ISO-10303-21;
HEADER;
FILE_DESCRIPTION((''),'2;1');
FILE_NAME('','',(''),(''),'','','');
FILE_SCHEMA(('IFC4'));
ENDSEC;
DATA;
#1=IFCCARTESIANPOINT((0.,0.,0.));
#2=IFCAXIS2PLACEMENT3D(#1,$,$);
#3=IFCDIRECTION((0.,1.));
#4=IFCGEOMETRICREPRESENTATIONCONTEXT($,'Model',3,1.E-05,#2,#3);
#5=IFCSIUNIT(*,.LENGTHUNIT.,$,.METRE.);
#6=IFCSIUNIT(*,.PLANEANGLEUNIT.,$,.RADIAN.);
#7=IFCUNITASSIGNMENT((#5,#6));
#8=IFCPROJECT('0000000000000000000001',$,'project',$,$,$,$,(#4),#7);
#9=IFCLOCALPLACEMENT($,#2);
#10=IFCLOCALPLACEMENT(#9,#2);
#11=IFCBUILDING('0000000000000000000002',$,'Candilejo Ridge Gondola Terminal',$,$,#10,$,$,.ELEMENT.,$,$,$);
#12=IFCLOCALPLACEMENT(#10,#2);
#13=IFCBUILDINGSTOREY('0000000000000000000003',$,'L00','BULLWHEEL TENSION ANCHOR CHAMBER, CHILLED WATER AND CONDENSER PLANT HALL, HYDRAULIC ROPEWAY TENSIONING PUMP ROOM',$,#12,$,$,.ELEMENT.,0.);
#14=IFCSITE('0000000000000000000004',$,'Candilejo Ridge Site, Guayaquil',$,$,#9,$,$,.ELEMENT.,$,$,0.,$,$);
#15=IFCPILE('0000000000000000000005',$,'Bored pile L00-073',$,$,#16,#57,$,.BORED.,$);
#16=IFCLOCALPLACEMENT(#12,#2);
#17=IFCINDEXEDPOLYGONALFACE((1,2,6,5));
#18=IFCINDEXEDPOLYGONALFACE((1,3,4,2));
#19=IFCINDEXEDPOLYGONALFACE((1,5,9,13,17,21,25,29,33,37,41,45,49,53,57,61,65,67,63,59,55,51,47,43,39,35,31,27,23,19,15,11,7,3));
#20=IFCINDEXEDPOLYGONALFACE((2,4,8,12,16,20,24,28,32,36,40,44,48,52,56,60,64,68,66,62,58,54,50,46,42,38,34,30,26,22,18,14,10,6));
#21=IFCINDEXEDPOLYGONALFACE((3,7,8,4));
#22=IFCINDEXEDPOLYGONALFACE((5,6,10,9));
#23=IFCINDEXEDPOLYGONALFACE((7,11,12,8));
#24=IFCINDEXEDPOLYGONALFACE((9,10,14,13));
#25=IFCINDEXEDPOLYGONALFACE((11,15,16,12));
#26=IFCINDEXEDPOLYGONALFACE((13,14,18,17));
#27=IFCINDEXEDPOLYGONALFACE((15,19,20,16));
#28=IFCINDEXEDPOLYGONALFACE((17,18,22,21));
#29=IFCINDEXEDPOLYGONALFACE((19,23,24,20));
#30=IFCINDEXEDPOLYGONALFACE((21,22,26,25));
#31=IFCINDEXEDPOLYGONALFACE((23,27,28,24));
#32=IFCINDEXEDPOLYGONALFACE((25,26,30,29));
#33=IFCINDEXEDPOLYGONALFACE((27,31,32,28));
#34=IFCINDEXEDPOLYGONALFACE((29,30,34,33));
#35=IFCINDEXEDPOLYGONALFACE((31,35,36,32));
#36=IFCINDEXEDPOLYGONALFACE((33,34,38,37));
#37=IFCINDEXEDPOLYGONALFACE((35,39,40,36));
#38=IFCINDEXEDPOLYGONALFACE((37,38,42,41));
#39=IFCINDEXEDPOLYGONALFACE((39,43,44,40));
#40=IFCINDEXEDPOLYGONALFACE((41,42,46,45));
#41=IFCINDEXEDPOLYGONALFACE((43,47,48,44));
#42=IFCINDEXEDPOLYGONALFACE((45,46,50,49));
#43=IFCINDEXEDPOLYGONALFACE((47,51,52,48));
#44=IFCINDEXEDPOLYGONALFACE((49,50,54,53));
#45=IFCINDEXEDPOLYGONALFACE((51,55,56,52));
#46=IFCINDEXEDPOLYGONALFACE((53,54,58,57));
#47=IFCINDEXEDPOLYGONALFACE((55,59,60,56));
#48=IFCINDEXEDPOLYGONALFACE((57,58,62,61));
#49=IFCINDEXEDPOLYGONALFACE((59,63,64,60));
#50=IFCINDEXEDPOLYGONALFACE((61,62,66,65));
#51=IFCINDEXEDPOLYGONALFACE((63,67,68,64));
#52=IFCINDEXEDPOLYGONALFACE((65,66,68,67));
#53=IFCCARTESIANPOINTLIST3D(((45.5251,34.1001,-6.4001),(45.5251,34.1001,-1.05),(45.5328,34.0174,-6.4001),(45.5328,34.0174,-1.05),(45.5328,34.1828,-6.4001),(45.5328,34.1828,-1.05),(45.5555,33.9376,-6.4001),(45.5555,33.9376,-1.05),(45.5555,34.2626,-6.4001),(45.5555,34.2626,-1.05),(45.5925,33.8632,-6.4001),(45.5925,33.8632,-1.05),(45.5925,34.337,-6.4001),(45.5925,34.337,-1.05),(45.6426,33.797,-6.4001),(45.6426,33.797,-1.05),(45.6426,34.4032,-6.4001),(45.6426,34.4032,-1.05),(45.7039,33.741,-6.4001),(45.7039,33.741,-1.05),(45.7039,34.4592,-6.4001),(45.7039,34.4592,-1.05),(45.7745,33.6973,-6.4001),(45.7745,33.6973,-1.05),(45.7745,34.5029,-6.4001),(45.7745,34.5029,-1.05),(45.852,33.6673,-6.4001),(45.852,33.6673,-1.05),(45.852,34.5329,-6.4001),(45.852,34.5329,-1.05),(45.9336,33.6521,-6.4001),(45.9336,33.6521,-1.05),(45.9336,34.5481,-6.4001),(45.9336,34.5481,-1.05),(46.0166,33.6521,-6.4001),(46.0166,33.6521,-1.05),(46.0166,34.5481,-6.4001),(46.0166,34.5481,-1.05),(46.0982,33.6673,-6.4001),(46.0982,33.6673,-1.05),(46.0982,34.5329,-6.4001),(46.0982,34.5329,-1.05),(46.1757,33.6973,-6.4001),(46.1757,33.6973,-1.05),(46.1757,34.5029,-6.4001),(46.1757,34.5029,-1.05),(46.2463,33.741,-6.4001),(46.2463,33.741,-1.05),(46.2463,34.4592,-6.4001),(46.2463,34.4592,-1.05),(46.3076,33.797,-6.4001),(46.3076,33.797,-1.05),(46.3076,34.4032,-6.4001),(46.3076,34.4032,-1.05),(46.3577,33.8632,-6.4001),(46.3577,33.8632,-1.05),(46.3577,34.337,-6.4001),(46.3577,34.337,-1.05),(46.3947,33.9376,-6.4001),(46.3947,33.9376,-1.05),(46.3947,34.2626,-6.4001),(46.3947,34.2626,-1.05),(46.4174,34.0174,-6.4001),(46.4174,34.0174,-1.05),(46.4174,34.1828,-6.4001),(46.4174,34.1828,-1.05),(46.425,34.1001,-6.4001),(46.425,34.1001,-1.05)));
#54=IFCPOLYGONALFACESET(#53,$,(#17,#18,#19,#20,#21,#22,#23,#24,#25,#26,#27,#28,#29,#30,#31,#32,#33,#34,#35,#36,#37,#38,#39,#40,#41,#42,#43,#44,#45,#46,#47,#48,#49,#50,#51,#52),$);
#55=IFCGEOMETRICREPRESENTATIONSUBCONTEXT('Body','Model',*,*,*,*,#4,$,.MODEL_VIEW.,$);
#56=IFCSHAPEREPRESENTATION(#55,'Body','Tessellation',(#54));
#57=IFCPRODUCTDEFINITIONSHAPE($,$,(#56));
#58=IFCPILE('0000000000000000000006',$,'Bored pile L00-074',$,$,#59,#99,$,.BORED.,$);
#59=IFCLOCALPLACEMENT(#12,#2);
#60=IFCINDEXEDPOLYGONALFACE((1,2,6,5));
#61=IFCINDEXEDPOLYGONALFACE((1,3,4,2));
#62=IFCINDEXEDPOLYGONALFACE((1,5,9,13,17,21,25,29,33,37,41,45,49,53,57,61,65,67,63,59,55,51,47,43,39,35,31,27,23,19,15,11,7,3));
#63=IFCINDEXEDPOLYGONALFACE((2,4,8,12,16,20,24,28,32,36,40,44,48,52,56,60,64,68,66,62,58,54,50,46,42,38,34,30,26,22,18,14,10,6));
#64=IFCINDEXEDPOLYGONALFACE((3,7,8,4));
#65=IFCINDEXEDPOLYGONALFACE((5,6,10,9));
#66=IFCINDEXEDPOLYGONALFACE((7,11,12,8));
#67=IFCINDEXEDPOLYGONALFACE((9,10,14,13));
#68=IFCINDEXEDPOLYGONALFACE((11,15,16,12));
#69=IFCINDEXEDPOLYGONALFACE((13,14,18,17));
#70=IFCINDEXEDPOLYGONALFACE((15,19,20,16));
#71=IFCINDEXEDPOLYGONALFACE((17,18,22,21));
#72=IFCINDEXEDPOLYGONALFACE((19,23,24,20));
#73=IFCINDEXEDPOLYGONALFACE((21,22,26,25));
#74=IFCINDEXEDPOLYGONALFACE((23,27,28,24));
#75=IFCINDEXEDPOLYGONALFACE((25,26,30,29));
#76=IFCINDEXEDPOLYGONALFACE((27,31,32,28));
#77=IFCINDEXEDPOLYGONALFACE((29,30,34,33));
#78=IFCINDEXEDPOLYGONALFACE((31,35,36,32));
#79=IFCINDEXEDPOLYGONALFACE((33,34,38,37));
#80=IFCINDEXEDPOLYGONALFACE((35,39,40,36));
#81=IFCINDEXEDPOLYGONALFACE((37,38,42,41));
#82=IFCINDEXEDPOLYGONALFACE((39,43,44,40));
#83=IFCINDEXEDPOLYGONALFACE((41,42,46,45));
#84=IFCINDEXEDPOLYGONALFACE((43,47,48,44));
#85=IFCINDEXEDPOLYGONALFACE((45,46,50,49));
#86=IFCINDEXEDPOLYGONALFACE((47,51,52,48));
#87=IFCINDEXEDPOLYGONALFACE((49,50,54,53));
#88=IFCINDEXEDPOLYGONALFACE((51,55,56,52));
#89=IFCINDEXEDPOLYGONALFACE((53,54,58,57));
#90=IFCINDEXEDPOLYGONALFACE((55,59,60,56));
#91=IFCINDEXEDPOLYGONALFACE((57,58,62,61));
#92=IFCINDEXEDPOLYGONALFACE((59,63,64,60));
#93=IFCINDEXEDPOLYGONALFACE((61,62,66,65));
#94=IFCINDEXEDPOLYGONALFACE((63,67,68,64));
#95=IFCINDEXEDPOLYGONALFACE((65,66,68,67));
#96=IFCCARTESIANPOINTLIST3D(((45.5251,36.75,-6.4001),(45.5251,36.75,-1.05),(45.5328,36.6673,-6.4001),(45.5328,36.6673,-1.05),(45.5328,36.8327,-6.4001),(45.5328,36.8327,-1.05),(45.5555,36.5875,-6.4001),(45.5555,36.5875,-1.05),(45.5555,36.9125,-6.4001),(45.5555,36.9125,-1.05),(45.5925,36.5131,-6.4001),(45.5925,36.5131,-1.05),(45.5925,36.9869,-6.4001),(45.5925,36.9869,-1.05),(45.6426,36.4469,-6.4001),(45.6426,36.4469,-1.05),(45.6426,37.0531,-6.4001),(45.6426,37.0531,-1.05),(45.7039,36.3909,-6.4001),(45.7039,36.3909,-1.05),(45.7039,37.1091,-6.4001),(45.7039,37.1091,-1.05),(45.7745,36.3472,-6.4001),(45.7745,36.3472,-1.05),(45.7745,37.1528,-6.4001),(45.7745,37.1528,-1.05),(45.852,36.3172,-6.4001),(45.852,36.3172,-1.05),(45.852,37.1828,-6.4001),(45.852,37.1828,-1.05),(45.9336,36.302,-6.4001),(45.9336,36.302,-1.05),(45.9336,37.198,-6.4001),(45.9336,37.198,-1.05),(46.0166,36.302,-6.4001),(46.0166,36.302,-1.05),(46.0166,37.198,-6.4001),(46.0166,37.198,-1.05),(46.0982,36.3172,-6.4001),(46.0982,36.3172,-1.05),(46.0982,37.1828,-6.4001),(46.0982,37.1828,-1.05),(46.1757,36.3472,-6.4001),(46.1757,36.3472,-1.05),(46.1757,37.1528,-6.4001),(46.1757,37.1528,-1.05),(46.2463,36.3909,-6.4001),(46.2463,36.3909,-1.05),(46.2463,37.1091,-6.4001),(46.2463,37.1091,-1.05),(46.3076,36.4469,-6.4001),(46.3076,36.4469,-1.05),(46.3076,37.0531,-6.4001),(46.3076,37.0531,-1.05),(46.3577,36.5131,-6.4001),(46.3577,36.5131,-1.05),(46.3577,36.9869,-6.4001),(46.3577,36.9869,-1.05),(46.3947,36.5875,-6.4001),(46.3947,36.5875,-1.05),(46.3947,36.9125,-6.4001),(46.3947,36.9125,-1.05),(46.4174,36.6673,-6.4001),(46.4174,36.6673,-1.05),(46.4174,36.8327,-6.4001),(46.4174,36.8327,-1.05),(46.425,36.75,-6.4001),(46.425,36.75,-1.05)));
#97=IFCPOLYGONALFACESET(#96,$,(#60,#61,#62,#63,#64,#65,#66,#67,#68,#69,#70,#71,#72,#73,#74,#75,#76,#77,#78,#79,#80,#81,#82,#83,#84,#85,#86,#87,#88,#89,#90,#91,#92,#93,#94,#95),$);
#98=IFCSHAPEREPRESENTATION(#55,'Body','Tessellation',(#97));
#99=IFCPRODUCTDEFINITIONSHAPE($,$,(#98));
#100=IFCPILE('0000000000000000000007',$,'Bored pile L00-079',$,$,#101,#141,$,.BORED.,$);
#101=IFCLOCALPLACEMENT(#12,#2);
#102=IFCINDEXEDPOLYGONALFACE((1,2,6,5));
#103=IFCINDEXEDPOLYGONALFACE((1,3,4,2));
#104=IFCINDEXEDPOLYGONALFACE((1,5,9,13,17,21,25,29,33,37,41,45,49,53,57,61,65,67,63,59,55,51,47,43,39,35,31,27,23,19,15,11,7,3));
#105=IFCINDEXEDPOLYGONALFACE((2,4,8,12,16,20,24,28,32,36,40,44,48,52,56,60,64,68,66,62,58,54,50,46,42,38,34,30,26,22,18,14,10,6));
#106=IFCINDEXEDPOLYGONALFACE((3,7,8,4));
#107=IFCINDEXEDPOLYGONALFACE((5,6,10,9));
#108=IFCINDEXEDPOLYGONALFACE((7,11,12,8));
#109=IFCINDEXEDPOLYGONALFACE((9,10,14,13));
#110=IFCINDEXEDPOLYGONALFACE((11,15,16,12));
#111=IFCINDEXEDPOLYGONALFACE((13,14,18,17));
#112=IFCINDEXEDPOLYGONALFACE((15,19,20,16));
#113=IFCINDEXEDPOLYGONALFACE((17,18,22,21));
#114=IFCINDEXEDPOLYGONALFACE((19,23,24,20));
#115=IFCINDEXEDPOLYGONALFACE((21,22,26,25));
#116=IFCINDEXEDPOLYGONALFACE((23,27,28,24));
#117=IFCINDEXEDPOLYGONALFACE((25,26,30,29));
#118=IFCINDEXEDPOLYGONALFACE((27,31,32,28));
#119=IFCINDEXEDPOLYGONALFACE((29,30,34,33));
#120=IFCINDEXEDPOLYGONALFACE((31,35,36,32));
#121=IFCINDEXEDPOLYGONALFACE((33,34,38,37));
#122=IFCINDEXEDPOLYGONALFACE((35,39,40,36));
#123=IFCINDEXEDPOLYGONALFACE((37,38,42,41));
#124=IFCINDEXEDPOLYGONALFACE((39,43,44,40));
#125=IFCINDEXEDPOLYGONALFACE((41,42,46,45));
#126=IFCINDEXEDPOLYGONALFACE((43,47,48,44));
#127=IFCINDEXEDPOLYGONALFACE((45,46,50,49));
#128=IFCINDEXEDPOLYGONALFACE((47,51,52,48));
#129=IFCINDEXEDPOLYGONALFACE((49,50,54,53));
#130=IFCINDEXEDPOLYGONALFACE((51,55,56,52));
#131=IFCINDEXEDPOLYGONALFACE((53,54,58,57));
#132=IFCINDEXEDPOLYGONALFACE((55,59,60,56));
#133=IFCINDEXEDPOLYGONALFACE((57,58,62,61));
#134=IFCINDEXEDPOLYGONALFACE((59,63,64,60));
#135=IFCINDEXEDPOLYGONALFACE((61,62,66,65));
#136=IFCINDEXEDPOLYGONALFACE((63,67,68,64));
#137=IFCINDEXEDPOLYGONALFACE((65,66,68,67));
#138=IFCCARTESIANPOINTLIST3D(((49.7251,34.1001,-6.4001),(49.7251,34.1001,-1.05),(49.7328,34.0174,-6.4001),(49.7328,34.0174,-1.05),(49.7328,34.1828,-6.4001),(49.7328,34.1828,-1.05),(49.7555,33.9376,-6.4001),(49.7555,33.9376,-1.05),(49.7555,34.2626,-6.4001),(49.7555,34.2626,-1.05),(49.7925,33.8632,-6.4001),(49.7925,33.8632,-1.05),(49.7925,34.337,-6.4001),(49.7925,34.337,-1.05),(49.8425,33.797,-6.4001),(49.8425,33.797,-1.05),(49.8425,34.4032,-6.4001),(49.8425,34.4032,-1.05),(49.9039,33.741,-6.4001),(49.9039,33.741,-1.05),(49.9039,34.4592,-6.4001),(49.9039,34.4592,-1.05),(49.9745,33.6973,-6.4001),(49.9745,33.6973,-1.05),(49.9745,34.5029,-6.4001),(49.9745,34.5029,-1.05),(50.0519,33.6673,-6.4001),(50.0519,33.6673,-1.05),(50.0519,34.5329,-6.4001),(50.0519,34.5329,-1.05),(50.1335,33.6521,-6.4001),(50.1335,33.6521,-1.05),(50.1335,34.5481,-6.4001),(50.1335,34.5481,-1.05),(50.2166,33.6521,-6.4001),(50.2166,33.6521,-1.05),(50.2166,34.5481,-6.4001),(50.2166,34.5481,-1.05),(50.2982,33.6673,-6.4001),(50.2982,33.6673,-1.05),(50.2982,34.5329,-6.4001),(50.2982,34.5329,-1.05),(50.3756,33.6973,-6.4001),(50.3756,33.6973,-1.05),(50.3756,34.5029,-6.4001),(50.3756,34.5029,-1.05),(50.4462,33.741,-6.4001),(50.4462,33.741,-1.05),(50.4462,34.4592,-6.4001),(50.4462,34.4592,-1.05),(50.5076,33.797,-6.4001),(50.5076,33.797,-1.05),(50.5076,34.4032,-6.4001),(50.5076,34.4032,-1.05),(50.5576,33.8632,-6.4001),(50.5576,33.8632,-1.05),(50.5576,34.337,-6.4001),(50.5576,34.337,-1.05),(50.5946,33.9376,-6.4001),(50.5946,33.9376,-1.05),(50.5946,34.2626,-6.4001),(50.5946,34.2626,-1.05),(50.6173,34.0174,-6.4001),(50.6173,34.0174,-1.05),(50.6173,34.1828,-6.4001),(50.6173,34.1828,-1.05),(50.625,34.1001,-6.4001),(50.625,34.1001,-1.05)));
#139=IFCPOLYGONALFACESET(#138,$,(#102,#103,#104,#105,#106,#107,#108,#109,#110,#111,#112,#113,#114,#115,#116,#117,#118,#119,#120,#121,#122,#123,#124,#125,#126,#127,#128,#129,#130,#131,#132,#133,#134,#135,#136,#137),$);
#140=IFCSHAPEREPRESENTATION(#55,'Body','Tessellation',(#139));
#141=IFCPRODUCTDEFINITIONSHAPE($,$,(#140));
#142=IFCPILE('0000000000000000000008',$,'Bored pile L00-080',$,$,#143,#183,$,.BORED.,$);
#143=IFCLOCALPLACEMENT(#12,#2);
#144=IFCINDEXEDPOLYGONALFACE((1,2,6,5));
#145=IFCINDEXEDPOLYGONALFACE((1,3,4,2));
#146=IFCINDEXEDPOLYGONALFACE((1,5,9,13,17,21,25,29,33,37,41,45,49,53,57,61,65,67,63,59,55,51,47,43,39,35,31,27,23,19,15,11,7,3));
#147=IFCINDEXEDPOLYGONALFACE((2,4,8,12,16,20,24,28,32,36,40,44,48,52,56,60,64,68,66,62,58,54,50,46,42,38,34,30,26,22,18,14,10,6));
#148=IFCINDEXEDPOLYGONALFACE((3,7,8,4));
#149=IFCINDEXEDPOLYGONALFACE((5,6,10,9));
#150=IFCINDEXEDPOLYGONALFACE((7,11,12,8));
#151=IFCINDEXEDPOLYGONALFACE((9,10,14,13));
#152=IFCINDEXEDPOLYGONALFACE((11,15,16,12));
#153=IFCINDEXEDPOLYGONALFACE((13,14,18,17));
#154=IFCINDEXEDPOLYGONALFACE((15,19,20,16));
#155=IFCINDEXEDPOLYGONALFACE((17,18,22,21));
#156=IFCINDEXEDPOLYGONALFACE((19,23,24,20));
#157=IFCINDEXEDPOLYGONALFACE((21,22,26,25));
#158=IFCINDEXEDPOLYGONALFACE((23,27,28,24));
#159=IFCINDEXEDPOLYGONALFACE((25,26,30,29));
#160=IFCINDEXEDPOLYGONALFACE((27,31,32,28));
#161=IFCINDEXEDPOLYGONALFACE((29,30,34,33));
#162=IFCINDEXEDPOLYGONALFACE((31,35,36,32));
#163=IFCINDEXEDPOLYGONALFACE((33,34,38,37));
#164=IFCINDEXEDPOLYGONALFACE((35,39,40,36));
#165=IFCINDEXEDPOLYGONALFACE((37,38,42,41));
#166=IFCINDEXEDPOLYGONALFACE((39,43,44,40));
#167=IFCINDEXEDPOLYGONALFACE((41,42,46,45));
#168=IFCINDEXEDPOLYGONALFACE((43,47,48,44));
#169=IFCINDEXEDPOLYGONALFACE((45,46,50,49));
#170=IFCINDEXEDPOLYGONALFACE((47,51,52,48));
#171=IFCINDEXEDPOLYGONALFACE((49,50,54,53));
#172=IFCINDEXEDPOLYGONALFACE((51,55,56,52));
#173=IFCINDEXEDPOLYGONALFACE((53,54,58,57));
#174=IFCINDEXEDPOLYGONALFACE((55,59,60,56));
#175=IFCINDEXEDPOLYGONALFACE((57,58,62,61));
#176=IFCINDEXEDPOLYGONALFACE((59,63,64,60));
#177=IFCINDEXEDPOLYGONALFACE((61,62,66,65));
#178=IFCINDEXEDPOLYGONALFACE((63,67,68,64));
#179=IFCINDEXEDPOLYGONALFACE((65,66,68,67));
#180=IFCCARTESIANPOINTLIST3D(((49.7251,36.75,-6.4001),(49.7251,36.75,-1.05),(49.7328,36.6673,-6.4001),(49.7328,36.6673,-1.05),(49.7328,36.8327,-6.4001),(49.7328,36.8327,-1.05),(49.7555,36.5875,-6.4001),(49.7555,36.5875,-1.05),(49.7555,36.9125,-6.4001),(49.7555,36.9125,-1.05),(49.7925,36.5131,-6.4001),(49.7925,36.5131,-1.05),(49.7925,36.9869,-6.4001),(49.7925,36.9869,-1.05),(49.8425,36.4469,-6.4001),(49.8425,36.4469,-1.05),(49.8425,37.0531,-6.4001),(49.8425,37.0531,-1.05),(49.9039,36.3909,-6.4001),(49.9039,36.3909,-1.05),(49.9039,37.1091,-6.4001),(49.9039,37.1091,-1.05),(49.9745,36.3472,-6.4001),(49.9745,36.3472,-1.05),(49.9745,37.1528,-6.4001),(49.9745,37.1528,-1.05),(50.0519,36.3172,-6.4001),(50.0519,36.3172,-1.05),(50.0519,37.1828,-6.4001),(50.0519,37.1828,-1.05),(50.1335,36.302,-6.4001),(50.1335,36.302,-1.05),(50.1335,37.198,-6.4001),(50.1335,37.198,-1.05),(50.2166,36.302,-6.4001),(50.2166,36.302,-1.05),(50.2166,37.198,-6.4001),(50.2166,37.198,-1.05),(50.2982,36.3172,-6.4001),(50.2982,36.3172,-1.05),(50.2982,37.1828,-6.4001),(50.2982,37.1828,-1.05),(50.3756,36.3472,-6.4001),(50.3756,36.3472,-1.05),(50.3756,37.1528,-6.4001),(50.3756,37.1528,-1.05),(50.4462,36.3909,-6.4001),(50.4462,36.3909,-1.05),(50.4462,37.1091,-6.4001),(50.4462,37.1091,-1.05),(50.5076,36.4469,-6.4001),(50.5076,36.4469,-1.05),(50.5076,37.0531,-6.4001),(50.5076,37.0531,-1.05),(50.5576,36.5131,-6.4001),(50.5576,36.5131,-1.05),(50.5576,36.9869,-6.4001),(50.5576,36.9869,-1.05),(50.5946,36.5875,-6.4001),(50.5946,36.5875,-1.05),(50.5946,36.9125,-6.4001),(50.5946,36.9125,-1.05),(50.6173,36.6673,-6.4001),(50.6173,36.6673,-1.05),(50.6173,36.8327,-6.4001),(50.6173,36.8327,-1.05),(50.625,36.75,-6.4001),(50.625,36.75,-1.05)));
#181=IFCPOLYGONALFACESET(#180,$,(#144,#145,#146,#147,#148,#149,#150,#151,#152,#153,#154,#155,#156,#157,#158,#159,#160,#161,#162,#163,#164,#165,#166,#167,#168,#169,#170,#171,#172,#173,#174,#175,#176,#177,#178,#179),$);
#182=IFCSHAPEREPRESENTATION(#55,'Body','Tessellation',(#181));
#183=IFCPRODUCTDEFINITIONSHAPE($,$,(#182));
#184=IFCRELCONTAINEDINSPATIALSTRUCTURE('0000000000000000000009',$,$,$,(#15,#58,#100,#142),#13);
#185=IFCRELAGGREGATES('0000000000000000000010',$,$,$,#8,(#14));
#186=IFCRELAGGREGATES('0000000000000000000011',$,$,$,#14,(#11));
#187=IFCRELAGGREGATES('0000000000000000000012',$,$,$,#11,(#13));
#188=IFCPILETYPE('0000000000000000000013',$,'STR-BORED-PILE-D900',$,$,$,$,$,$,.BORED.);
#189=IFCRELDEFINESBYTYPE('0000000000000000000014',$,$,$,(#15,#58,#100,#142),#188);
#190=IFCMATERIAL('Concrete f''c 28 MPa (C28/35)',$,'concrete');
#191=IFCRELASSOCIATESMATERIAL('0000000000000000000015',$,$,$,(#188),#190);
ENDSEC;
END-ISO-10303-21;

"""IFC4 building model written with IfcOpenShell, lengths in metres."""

from ifc_helpers import new_model, si_unit, direction, frame, origin, origin_2d, place, context, subcontext, project, spatial, circle, extrude, material, material_profile, profile_set, type_object, element, save


model = new_model("IFC4")

# Units and contexts
model_context = context("Model", 3, precision=1e-05, world=origin(), true_north=direction((0.0, 1.0)))
body_context = subcontext(model_context, "Body", "Model", "MODEL_VIEW")
ifc_project = project(units=[si_unit("LENGTHUNIT", "METRE"), si_unit("PLANEANGLEUNIT", "RADIAN")], contexts=[model_context])

# Site, building, storey
site_placement = place(None, origin())
site = spatial("IfcSite", under=ifc_project, at=site_placement, Name="Candilejo Ridge Site, Guayaquil", CompositionType="ELEMENT", RefElevation=0.0)
building_placement = place(site_placement, origin())
building = spatial("IfcBuilding", under=site, at=building_placement, Name="Candilejo Ridge Gondola Terminal", CompositionType="ELEMENT")
storey_placement = place(building_placement, origin())
storey = spatial("IfcBuildingStorey", under=building, at=storey_placement, Name="L00", Description="BULLWHEEL TENSION ANCHOR CHAMBER, CHILLED WATER AND CONDENSER PLANT HALL, HYDRAULIC ROPEWAY TENSIONING PUMP ROOM", CompositionType="ELEMENT", Elevation=0.0)

# Piles
ifc_material_1 = material(Name="Concrete f'c 28 MPa (C28/35)", Category="concrete")
ifc_material_profile_1 = material_profile(ifc_material_1, circle(Radius=0.45, at=origin_2d()))
ifc_profile_set_1 = profile_set([ifc_material_profile_1], Name="Concrete f'c 28 MPa (C28/35)")
pile_type = type_object("IfcPileType", Name="STR-BORED-PILE-D900", PredefinedType="BORED", material=ifc_profile_set_1)
for number, where, z_axis, x_axis, name in (
    (1, (45.9751, 34.1001, -1.05), (0.0, 0.0, -1.0), (1.0, 0.0, 0.0), "Bored pile L00-073"),
    (2, (45.9751, 36.75, -1.05), (0.0, 0.0, -1.0), (1.0, 0.0, 0.0), "Bored pile L00-074"),
    (3, (50.175, 34.1001, -1.05), (0.0, 0.0, -1.0), (1.0, 0.0, 0.0), "Bored pile L00-079"),
    (4, (50.175, 36.75, -1.05), (0.0, 0.0, -1.0), (1.0, 0.0, 0.0), "Bored pile L00-080"),
):
    element("IfcPile", number, at=place(storey_placement, frame(where, z_axis=z_axis, x_axis=x_axis)), inside=storey, type_object=pile_type, Name=name, PredefinedType="BORED", context=body_context, shape_type="SweptSolid", body=[
        extrude(circle(Radius=0.45, at=origin_2d()), origin(), (0.0, 0.0, 1.0), 5.3501),
    ])

save(model, "model.ifc")
